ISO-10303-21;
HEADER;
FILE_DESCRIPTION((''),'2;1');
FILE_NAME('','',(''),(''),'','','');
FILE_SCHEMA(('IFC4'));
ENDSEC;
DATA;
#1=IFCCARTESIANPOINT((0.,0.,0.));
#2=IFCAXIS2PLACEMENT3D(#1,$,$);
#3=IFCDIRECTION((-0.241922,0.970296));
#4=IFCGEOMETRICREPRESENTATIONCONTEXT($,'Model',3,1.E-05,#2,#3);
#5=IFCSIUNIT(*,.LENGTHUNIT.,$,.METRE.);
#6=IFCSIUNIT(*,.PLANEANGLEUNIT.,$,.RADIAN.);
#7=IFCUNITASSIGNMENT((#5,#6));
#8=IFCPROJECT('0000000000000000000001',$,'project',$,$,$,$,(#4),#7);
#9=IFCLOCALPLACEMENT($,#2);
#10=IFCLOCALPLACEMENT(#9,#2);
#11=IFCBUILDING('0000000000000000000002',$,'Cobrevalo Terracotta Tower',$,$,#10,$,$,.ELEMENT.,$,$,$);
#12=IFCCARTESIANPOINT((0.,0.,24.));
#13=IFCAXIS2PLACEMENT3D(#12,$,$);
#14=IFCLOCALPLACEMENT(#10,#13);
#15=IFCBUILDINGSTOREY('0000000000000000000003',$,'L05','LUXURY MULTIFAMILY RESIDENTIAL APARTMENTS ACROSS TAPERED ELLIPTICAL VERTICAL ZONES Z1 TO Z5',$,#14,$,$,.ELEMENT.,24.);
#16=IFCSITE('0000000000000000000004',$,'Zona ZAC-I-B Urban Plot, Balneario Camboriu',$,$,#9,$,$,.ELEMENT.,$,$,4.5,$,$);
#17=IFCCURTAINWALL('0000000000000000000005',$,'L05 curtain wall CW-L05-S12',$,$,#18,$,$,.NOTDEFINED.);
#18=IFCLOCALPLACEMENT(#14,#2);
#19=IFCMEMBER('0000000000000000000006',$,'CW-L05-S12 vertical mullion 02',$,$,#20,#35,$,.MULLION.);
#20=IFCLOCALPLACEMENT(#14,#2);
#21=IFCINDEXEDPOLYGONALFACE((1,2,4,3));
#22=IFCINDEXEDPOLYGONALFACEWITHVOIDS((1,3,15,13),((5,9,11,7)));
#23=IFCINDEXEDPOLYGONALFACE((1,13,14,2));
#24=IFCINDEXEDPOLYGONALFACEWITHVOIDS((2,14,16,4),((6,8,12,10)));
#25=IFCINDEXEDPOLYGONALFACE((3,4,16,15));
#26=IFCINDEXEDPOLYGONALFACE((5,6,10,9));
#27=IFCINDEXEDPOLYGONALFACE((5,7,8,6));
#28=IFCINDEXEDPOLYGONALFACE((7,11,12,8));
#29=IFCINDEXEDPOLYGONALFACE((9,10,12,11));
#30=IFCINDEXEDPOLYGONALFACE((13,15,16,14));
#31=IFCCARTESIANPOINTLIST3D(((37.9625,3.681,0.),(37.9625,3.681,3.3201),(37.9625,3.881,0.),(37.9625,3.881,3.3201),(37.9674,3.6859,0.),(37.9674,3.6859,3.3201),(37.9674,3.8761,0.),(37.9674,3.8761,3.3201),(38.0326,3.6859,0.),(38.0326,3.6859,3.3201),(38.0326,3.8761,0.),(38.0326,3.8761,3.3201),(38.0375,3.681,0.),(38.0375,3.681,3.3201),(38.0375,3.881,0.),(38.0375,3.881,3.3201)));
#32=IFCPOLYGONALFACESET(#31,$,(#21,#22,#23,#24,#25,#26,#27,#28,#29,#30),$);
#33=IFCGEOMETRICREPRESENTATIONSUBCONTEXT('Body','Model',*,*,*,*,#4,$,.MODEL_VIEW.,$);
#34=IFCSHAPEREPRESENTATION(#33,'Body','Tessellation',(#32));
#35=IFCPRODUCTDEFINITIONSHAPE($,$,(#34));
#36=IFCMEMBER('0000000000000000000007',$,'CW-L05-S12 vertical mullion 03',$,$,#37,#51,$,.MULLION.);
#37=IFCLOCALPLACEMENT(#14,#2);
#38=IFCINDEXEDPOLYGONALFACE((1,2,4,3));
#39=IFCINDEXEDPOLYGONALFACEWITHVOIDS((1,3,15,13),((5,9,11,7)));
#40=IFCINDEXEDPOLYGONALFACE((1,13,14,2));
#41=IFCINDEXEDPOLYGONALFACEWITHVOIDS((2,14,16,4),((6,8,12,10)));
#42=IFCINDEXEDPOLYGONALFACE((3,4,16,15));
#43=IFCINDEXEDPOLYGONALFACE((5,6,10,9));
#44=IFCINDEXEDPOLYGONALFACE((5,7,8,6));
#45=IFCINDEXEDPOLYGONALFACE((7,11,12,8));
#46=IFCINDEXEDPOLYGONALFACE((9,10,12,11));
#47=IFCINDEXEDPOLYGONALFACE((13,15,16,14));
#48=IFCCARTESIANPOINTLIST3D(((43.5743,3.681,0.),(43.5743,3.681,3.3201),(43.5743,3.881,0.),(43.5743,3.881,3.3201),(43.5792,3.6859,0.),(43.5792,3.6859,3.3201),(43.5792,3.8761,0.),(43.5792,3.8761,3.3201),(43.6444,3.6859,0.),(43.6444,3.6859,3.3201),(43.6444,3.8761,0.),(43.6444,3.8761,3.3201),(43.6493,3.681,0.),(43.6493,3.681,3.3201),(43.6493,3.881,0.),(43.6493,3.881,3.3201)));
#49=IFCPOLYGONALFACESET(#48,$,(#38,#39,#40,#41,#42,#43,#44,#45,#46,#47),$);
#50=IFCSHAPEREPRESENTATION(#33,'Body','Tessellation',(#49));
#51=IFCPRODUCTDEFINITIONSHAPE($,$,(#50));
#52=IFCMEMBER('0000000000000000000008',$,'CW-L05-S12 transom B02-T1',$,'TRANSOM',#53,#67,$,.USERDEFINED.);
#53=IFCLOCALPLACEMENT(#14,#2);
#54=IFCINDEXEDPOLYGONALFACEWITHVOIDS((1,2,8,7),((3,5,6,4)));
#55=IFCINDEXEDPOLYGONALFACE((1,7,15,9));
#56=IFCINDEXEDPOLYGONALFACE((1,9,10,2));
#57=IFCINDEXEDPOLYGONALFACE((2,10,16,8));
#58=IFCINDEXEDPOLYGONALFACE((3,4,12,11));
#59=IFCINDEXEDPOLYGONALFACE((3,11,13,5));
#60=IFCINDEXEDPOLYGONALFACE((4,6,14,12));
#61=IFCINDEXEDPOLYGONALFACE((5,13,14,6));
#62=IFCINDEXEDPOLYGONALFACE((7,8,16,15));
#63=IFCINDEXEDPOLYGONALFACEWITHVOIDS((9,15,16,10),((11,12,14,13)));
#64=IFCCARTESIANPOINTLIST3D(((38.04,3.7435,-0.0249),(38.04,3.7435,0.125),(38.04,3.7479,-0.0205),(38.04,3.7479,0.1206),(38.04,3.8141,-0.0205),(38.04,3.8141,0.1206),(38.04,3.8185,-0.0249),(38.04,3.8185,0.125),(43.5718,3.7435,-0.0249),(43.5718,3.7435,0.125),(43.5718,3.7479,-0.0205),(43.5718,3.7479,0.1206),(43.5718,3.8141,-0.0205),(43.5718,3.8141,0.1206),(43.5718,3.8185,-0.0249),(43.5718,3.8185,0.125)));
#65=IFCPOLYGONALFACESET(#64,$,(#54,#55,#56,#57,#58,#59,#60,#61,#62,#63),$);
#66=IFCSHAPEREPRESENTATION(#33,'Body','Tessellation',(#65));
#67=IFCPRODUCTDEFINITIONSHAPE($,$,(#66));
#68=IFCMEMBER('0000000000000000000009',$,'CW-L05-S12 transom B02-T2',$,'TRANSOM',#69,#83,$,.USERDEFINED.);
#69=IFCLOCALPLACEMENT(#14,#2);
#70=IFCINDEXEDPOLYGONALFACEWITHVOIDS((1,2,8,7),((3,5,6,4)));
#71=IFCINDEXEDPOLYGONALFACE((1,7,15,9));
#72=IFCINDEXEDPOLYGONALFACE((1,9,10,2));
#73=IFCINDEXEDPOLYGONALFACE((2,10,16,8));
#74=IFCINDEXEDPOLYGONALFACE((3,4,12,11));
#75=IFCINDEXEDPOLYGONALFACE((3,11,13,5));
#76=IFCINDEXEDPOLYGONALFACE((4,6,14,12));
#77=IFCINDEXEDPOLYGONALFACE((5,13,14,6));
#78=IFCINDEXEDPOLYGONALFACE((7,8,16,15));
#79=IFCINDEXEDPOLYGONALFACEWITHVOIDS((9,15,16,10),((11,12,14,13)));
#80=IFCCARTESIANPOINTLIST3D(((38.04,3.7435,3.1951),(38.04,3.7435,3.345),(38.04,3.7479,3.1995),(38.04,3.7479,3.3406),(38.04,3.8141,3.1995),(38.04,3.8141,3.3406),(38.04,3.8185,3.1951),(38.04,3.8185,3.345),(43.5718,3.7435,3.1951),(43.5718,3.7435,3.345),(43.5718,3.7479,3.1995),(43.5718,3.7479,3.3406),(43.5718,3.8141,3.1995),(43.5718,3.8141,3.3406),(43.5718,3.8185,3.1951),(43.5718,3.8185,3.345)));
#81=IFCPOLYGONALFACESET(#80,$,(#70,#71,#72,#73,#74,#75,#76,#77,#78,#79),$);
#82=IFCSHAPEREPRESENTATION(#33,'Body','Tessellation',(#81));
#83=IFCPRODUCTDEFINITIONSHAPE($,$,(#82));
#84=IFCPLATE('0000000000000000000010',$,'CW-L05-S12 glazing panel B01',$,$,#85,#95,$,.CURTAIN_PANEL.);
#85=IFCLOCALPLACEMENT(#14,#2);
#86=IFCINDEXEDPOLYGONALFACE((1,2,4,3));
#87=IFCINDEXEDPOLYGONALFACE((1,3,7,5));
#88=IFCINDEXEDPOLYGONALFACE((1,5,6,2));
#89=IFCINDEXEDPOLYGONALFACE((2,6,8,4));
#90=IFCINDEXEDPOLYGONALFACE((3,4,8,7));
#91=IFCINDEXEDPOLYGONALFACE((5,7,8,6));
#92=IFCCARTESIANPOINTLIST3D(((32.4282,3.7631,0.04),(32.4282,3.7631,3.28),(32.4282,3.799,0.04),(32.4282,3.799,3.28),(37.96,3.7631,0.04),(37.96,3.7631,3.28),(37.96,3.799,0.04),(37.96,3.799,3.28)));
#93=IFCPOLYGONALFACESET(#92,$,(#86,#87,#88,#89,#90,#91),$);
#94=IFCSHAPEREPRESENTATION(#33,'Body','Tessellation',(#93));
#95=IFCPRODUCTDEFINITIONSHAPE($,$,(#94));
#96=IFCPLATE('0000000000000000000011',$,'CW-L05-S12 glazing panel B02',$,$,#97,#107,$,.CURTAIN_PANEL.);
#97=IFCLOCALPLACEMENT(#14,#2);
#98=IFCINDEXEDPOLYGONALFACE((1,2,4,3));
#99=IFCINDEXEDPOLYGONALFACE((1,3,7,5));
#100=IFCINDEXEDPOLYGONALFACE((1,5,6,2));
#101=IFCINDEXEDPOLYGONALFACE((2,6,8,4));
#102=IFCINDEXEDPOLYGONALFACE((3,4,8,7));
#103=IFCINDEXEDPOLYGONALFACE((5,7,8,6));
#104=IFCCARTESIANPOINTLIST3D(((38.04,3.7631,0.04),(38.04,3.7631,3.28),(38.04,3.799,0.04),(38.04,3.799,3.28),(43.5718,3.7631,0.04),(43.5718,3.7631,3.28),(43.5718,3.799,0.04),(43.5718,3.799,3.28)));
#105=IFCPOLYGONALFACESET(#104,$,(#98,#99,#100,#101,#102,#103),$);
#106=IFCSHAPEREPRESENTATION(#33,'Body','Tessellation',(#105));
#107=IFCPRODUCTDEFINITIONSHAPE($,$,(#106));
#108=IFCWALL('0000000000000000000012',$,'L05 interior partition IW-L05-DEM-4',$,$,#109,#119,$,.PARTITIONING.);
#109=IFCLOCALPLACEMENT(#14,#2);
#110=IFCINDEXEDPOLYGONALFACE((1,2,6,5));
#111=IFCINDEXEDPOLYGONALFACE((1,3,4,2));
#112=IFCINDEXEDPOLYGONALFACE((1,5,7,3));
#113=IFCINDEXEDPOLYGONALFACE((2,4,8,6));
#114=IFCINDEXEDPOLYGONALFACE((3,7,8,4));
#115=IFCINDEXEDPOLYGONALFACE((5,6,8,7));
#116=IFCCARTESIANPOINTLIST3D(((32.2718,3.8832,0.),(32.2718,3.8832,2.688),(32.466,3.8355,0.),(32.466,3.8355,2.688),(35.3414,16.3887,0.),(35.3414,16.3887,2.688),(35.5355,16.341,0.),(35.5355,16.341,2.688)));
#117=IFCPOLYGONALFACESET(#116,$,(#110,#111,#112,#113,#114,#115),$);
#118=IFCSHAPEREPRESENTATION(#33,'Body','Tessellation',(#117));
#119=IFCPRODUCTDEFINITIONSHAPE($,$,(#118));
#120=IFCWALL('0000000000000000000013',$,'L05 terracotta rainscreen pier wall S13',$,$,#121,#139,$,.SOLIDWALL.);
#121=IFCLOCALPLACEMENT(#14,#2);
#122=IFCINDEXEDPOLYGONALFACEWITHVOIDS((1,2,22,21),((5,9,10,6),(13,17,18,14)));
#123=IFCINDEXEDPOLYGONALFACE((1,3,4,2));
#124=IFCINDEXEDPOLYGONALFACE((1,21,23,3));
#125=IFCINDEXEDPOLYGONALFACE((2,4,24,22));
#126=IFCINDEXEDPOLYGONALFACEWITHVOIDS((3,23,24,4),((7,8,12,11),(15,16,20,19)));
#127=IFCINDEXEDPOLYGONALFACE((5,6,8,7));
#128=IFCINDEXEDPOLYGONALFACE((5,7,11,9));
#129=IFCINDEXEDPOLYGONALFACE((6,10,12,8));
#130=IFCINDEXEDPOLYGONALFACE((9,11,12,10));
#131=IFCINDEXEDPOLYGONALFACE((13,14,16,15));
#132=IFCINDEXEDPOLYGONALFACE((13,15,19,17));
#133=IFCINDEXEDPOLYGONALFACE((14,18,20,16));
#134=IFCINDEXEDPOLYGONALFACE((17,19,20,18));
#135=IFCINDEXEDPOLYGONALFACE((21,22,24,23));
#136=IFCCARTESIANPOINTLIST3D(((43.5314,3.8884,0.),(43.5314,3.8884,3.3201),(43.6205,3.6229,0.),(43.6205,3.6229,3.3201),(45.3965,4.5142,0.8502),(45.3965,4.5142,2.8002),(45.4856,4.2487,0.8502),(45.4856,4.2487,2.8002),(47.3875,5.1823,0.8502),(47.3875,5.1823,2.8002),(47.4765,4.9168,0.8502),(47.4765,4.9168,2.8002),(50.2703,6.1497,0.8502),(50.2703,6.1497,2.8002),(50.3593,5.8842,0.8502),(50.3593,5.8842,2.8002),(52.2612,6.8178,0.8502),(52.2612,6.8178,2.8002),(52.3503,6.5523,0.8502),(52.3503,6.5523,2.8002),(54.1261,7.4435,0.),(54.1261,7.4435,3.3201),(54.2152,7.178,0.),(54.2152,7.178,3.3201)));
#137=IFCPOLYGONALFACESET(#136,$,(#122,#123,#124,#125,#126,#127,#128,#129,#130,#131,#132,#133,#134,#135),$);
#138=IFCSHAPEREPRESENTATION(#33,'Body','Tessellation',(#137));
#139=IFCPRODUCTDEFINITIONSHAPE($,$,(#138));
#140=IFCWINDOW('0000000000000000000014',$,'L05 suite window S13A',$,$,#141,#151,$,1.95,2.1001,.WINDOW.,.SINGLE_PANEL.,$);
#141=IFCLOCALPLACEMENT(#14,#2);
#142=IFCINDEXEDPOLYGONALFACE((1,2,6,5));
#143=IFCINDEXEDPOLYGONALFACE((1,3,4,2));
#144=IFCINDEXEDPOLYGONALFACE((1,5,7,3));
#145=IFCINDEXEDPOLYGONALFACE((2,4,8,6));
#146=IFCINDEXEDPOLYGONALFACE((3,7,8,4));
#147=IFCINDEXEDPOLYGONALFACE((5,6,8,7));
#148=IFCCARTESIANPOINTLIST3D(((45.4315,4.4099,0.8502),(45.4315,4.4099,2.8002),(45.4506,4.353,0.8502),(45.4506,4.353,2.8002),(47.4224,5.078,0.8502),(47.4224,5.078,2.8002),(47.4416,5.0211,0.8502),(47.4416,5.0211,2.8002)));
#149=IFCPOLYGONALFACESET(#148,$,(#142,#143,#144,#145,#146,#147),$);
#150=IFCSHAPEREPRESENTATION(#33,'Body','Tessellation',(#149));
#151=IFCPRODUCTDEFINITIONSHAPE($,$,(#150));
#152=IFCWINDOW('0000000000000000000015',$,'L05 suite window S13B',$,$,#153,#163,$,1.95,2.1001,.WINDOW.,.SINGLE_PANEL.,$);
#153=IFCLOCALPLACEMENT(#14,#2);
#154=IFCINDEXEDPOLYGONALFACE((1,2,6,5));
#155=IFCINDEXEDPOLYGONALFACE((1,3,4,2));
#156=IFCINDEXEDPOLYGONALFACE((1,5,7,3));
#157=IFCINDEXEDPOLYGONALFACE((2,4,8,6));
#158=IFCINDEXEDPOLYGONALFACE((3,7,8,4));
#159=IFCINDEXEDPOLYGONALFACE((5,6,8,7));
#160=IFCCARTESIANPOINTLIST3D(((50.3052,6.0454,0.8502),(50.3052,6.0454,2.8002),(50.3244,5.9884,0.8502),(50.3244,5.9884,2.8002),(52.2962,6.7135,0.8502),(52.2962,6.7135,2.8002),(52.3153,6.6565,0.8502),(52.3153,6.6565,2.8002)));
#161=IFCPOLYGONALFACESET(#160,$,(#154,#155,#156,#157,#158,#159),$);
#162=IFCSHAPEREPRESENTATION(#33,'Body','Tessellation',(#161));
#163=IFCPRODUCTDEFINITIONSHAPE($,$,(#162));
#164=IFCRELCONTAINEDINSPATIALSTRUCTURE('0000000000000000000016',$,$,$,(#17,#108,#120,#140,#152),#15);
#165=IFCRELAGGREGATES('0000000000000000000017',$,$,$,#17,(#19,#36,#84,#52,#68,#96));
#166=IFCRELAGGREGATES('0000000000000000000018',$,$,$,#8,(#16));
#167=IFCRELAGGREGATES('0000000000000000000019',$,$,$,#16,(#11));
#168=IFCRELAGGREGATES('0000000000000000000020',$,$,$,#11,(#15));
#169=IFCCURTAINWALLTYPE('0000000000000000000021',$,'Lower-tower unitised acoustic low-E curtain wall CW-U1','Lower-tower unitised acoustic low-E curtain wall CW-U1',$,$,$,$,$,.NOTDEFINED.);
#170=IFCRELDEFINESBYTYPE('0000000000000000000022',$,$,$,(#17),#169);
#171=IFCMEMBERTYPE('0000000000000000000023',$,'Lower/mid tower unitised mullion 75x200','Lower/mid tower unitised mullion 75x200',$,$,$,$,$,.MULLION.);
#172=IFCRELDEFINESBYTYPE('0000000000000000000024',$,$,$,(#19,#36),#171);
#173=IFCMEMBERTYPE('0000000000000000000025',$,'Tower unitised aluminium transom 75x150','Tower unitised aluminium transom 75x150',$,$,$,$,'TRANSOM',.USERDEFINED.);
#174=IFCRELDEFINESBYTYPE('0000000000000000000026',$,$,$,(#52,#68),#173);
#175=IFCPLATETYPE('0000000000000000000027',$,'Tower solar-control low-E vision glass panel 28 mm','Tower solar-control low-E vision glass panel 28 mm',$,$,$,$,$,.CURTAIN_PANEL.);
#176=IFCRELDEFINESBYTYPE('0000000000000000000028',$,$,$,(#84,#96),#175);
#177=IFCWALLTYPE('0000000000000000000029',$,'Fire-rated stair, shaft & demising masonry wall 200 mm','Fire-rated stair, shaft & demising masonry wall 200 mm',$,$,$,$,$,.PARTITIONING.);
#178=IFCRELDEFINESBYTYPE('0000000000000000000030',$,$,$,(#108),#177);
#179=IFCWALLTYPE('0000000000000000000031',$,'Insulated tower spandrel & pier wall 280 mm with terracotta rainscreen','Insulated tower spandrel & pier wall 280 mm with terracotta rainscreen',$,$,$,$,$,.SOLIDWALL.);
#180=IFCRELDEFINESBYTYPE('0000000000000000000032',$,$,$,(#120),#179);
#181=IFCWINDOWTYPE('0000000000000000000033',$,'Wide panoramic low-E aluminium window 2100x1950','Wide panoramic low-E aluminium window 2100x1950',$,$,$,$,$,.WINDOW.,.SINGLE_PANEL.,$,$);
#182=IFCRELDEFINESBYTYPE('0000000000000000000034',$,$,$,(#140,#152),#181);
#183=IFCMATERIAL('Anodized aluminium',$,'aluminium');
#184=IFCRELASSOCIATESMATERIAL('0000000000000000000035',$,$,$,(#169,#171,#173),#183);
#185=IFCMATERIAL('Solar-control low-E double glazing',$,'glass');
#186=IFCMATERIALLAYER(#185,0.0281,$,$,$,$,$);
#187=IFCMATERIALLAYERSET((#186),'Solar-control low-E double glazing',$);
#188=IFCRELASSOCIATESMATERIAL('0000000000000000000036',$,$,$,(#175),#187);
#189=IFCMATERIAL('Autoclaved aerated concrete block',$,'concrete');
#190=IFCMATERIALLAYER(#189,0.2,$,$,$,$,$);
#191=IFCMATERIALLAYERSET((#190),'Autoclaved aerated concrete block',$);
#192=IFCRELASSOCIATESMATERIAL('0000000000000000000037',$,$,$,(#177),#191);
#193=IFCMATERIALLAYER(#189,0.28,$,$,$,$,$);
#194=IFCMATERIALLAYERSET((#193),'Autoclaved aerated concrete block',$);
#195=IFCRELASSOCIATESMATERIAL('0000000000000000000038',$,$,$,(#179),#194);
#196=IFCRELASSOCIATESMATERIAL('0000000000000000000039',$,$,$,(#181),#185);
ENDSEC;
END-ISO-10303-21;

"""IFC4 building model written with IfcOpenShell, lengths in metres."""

from ifc_helpers import new_model, si_unit, direction, frame, frame_2d, origin, origin_2d, place, context, subcontext, project, spatial, rectangle, hollow_rectangle, extrude, source, transform, mapped, material, layer, layer_set, material_profile, profile_set, type_object, element, fill, aggregate, save


model = new_model("IFC4")

# Units and contexts
model_context = context("Model", 3, precision=1e-05, world=origin(), true_north=direction((-0.241922, 0.970296)))
body_context = subcontext(model_context, "Body", "Model", "MODEL_VIEW")
ifc_project = project(units=[si_unit("LENGTHUNIT", "METRE"), si_unit("PLANEANGLEUNIT", "RADIAN")], contexts=[model_context])

# Site, building, storey
site_placement = place(None, origin())
site = spatial("IfcSite", under=ifc_project, at=site_placement, Name="Zona ZAC-I-B Urban Plot, Balneario Camboriu", CompositionType="ELEMENT", RefElevation=4.5)
building_placement = place(site_placement, origin())
building = spatial("IfcBuilding", under=site, at=building_placement, Name="Cobrevalo Terracotta Tower", CompositionType="ELEMENT")
storey_placement = place(building_placement, frame((0.0, 0.0, 24.0)))
storey = spatial("IfcBuildingStorey", under=building, at=storey_placement, Name="L05", Description="LUXURY MULTIFAMILY RESIDENTIAL APARTMENTS ACROSS TAPERED ELLIPTICAL VERTICAL ZONES Z1 TO Z5", CompositionType="ELEMENT", Elevation=24.0)

# Curtain wall, members, plates
ifc_material_1 = material(Name="Anodized aluminium", Category="aluminium")
curtain_wall_type = type_object("IfcCurtainWallType", Name="Lower-tower unitised acoustic low-E curtain wall CW-U1", Description="Lower-tower unitised acoustic low-E curtain wall CW-U1", PredefinedType="NOTDEFINED", material=ifc_material_1)
curtain_wall_placement = place(storey_placement, origin())
curtain_wall = element("IfcCurtainWall", 1, at=curtain_wall_placement, inside=storey, type_object=curtain_wall_type, Name="L05 curtain wall CW-L05-S12", PredefinedType="NOTDEFINED")
ifc_material_profile_1 = material_profile(ifc_material_1, hollow_rectangle(XDim=0.075, YDim=0.2, WallThickness=0.0049, at=origin_2d()), Name="CWM 75x200")
ifc_profile_set_1 = profile_set([ifc_material_profile_1], Name="Anodized aluminium")
member_type_1 = type_object("IfcMemberType", Name="Lower/mid tower unitised mullion 75x200", Description="Lower/mid tower unitised mullion 75x200", PredefinedType="MULLION", material=ifc_profile_set_1)
shared_shape_1 = source(origin(), body_context, "Body", "SweptSolid", [
    extrude(hollow_rectangle(XDim=0.075, YDim=0.2, WallThickness=0.0049, at=origin_2d()), origin(), (0.0, 0.0, 1.0), 3.3201),
])
member_1_placement = place(storey_placement, frame((38.0, 3.781, 0.0), z_axis=(0.0, 0.0, 1.0), x_axis=(1.0, 0.0, 0.0)))
member_1 = element("IfcMember", 2, at=member_1_placement, type_object=member_type_1, Name="CW-L05-S12 vertical mullion 02", PredefinedType="MULLION", context=body_context, shape_type="MappedRepresentation", body=[
    mapped(shared_shape_1, transform((0.0, 0.0, 0.0), scale=1.0)),
])
member_2_placement = place(storey_placement, frame((43.6118, 3.781, 0.0), z_axis=(0.0, 0.0, 1.0), x_axis=(1.0, 0.0, 0.0)))
member_2 = element("IfcMember", 3, at=member_2_placement, type_object=member_type_1, Name="CW-L05-S12 vertical mullion 03", PredefinedType="MULLION", context=body_context, shape_type="MappedRepresentation", body=[
    mapped(shared_shape_1, transform((0.0, 0.0, 0.0), scale=1.0)),
])
ifc_material_profile_2 = material_profile(ifc_material_1, hollow_rectangle(XDim=0.075, YDim=0.1499, WallThickness=0.0044, at=origin_2d()), Name="CWT 75x150")
ifc_profile_set_2 = profile_set([ifc_material_profile_2], Name="Anodized aluminium")
member_type_2 = type_object("IfcMemberType", Name="Tower unitised aluminium transom 75x150", Description="Tower unitised aluminium transom 75x150", ElementType="TRANSOM", PredefinedType="USERDEFINED", material=ifc_profile_set_2)
shared_shape_2 = source(origin(), body_context, "Body", "SweptSolid", [
    extrude(hollow_rectangle(XDim=0.075, YDim=0.1499, WallThickness=0.0044, at=origin_2d()), origin(), (0.0, 0.0, 1.0), 5.5317),
])
member_3_placement = place(storey_placement, frame((38.04, 3.781, 0.05), z_axis=(1.0, 0.0, 0.0), x_axis=(0.0, 1.0, 0.0)))
member_3 = element("IfcMember", 4, at=member_3_placement, type_object=member_type_2, Name="CW-L05-S12 transom B02-T1", ObjectType="TRANSOM", PredefinedType="USERDEFINED", context=body_context, shape_type="MappedRepresentation", body=[
    mapped(shared_shape_2, transform((0.0, 0.0, 0.0), scale=1.0)),
])
member_4_placement = place(storey_placement, frame((38.04, 3.781, 3.27), z_axis=(1.0, 0.0, 0.0), x_axis=(0.0, 1.0, 0.0)))
member_4 = element("IfcMember", 5, at=member_4_placement, type_object=member_type_2, Name="CW-L05-S12 transom B02-T2", ObjectType="TRANSOM", PredefinedType="USERDEFINED", context=body_context, shape_type="MappedRepresentation", body=[
    mapped(shared_shape_2, transform((0.0, 0.0, 0.0), scale=1.0)),
])
ifc_material_2 = material(Name="Solar-control low-E double glazing", Category="glass")
ifc_layer_1 = layer(ifc_material_2, 0.0281)
ifc_layer_set_1 = layer_set([ifc_layer_1], Name="Solar-control low-E double glazing")
plate_type = type_object("IfcPlateType", Name="Tower solar-control low-E vision glass panel 28 mm", Description="Tower solar-control low-E vision glass panel 28 mm", PredefinedType="CURTAIN_PANEL", material=ifc_layer_set_1)
shared_shape_3 = source(origin(), body_context, "Body", "SweptSolid", [
    extrude(rectangle(XDim=5.5317, YDim=0.0359, at=origin_2d()), origin(), (0.0, 0.0, 1.0), 3.24),
])
plate_1_placement = place(storey_placement, frame((35.1941, 3.781, 0.04), z_axis=(0.0, 0.0, 1.0), x_axis=(1.0, 0.0, 0.0)))
plate_1 = element("IfcPlate", 6, at=plate_1_placement, type_object=plate_type, Name="CW-L05-S12 glazing panel B01", PredefinedType="CURTAIN_PANEL", context=body_context, shape_type="MappedRepresentation", body=[
    mapped(shared_shape_3, transform((0.0, 0.0, 0.0), scale=1.0)),
])
plate_2_placement = place(storey_placement, frame((40.8059, 3.781, 0.04), z_axis=(0.0, 0.0, 1.0), x_axis=(1.0, 0.0, 0.0)))
plate_2 = element("IfcPlate", 7, at=plate_2_placement, type_object=plate_type, Name="CW-L05-S12 glazing panel B02", PredefinedType="CURTAIN_PANEL", context=body_context, shape_type="MappedRepresentation", body=[
    mapped(shared_shape_3, transform((0.0, 0.0, 0.0), scale=1.0)),
])
aggregate(curtain_wall, [member_1, member_2, plate_1, member_3, member_4, plate_2])

# Wall
ifc_material_3 = material(Name="Autoclaved aerated concrete block", Category="concrete")
ifc_layer_2 = layer(ifc_material_3, 0.2)
ifc_layer_set_2 = layer_set([ifc_layer_2], Name="Autoclaved aerated concrete block")
wall_type_1 = type_object("IfcWallType", Name="Fire-rated stair, shaft & demising masonry wall 200 mm", Description="Fire-rated stair, shaft & demising masonry wall 200 mm", PredefinedType="PARTITIONING", material=ifc_layer_set_2)
wall_1_placement = place(storey_placement, frame((35.4385, 16.365, 0.0), z_axis=(0.0, 0.0, 1.0), x_axis=(-0.23838, -0.971172, 0.0)))
element("IfcWall", 8, at=wall_1_placement, inside=storey, type_object=wall_type_1, Name="L05 interior partition IW-L05-DEM-4", PredefinedType="PARTITIONING", context=body_context, shape_type="SweptSolid", body=[
    extrude(rectangle(XDim=12.8767, YDim=0.2, at=frame_2d((6.4385, 0.0))), origin(), (0.0, 0.0, 1.0), 2.688),
])

# Wall, openings, windows
ifc_layer_3 = layer(ifc_material_3, 0.28)
ifc_layer_set_3 = layer_set([ifc_layer_3], Name="Autoclaved aerated concrete block")
wall_type_2 = type_object("IfcWallType", Name="Insulated tower spandrel & pier wall 280 mm with terracotta rainscreen", Description="Insulated tower spandrel & pier wall 280 mm with terracotta rainscreen", PredefinedType="SOLIDWALL", material=ifc_layer_set_3)
wall_2_placement = place(storey_placement, frame((43.5759, 3.7556, 0.0), z_axis=(0.0, 0.0, 1.0), x_axis=(0.948048, 0.318128, 0.0)))
wall_2 = element("IfcWall", 9, at=wall_2_placement, inside=storey, type_object=wall_type_2, Name="L05 terracotta rainscreen pier wall S13", PredefinedType="SOLIDWALL", context=body_context, shape_type="SweptSolid", body=[
    extrude(rectangle(XDim=11.1753, YDim=0.28, at=frame_2d((5.5876, 0.0))), origin(), (0.0, 0.0, 1.0), 3.3201),
])
opening_1_placement = place(wall_2_placement, frame((1.9673, 0.0, 0.8501)))
opening_1 = element("IfcOpeningElement", 10, at=opening_1_placement, cuts=wall_2, PredefinedType="OPENING", context=body_context, shape_type="SweptSolid", body=[
    extrude(rectangle(XDim=2.1001, YDim=1.95, at=frame_2d((1.05, 0.9751))), frame((0.0, 0.1499, 0.0), z_axis=(0.0, -1.0, 0.0), x_axis=(1.0, 0.0, 0.0)), (0.0, 0.0, 1.0), 0.3),
])
opening_2_placement = place(wall_2_placement, frame((7.1082, 0.0, 0.8501)))
opening_2 = element("IfcOpeningElement", 11, at=opening_2_placement, cuts=wall_2, PredefinedType="OPENING", context=body_context, shape_type="SweptSolid", body=[
    extrude(rectangle(XDim=2.1001, YDim=1.95, at=frame_2d((1.05, 0.9751))), frame((0.0, 0.1499, 0.0), z_axis=(0.0, -1.0, 0.0), x_axis=(1.0, 0.0, 0.0)), (0.0, 0.0, 1.0), 0.3),
])
window_type = type_object("IfcWindowType", Name="Wide panoramic low-E aluminium window 2100x1950", Description="Wide panoramic low-E aluminium window 2100x1950", PartitioningType="SINGLE_PANEL", PredefinedType="WINDOW", material=ifc_material_2)
shared_shape_4 = source(origin(), body_context, "Body", "SweptSolid", [
    extrude(rectangle(XDim=2.1001, YDim=1.95, at=frame_2d((1.05, 0.9751))), frame((0.0, 0.03, 0.0), z_axis=(0.0, -1.0, 0.0), x_axis=(1.0, 0.0, 0.0)), (0.0, 0.0, 1.0), 0.0601),
])
window_1_placement = place(opening_1_placement, origin())
window_1 = element("IfcWindow", 12, at=window_1_placement, inside=storey, type_object=window_type, Name="L05 suite window S13A", OverallHeight=1.95, OverallWidth=2.1001, PartitioningType="SINGLE_PANEL", PredefinedType="WINDOW", context=body_context, shape_type="MappedRepresentation", body=[
    mapped(shared_shape_4, transform((0.0, 0.0, 0.0), scale=1.0)),
])
fill(opening_1, window_1)
window_2_placement = place(opening_2_placement, origin())
window_2 = element("IfcWindow", 13, at=window_2_placement, inside=storey, type_object=window_type, Name="L05 suite window S13B", OverallHeight=1.95, OverallWidth=2.1001, PartitioningType="SINGLE_PANEL", PredefinedType="WINDOW", context=body_context, shape_type="MappedRepresentation", body=[
    mapped(shared_shape_4, transform((0.0, 0.0, 0.0), scale=1.0)),
])
fill(opening_2, window_2)

save(model, "model.ifc")
